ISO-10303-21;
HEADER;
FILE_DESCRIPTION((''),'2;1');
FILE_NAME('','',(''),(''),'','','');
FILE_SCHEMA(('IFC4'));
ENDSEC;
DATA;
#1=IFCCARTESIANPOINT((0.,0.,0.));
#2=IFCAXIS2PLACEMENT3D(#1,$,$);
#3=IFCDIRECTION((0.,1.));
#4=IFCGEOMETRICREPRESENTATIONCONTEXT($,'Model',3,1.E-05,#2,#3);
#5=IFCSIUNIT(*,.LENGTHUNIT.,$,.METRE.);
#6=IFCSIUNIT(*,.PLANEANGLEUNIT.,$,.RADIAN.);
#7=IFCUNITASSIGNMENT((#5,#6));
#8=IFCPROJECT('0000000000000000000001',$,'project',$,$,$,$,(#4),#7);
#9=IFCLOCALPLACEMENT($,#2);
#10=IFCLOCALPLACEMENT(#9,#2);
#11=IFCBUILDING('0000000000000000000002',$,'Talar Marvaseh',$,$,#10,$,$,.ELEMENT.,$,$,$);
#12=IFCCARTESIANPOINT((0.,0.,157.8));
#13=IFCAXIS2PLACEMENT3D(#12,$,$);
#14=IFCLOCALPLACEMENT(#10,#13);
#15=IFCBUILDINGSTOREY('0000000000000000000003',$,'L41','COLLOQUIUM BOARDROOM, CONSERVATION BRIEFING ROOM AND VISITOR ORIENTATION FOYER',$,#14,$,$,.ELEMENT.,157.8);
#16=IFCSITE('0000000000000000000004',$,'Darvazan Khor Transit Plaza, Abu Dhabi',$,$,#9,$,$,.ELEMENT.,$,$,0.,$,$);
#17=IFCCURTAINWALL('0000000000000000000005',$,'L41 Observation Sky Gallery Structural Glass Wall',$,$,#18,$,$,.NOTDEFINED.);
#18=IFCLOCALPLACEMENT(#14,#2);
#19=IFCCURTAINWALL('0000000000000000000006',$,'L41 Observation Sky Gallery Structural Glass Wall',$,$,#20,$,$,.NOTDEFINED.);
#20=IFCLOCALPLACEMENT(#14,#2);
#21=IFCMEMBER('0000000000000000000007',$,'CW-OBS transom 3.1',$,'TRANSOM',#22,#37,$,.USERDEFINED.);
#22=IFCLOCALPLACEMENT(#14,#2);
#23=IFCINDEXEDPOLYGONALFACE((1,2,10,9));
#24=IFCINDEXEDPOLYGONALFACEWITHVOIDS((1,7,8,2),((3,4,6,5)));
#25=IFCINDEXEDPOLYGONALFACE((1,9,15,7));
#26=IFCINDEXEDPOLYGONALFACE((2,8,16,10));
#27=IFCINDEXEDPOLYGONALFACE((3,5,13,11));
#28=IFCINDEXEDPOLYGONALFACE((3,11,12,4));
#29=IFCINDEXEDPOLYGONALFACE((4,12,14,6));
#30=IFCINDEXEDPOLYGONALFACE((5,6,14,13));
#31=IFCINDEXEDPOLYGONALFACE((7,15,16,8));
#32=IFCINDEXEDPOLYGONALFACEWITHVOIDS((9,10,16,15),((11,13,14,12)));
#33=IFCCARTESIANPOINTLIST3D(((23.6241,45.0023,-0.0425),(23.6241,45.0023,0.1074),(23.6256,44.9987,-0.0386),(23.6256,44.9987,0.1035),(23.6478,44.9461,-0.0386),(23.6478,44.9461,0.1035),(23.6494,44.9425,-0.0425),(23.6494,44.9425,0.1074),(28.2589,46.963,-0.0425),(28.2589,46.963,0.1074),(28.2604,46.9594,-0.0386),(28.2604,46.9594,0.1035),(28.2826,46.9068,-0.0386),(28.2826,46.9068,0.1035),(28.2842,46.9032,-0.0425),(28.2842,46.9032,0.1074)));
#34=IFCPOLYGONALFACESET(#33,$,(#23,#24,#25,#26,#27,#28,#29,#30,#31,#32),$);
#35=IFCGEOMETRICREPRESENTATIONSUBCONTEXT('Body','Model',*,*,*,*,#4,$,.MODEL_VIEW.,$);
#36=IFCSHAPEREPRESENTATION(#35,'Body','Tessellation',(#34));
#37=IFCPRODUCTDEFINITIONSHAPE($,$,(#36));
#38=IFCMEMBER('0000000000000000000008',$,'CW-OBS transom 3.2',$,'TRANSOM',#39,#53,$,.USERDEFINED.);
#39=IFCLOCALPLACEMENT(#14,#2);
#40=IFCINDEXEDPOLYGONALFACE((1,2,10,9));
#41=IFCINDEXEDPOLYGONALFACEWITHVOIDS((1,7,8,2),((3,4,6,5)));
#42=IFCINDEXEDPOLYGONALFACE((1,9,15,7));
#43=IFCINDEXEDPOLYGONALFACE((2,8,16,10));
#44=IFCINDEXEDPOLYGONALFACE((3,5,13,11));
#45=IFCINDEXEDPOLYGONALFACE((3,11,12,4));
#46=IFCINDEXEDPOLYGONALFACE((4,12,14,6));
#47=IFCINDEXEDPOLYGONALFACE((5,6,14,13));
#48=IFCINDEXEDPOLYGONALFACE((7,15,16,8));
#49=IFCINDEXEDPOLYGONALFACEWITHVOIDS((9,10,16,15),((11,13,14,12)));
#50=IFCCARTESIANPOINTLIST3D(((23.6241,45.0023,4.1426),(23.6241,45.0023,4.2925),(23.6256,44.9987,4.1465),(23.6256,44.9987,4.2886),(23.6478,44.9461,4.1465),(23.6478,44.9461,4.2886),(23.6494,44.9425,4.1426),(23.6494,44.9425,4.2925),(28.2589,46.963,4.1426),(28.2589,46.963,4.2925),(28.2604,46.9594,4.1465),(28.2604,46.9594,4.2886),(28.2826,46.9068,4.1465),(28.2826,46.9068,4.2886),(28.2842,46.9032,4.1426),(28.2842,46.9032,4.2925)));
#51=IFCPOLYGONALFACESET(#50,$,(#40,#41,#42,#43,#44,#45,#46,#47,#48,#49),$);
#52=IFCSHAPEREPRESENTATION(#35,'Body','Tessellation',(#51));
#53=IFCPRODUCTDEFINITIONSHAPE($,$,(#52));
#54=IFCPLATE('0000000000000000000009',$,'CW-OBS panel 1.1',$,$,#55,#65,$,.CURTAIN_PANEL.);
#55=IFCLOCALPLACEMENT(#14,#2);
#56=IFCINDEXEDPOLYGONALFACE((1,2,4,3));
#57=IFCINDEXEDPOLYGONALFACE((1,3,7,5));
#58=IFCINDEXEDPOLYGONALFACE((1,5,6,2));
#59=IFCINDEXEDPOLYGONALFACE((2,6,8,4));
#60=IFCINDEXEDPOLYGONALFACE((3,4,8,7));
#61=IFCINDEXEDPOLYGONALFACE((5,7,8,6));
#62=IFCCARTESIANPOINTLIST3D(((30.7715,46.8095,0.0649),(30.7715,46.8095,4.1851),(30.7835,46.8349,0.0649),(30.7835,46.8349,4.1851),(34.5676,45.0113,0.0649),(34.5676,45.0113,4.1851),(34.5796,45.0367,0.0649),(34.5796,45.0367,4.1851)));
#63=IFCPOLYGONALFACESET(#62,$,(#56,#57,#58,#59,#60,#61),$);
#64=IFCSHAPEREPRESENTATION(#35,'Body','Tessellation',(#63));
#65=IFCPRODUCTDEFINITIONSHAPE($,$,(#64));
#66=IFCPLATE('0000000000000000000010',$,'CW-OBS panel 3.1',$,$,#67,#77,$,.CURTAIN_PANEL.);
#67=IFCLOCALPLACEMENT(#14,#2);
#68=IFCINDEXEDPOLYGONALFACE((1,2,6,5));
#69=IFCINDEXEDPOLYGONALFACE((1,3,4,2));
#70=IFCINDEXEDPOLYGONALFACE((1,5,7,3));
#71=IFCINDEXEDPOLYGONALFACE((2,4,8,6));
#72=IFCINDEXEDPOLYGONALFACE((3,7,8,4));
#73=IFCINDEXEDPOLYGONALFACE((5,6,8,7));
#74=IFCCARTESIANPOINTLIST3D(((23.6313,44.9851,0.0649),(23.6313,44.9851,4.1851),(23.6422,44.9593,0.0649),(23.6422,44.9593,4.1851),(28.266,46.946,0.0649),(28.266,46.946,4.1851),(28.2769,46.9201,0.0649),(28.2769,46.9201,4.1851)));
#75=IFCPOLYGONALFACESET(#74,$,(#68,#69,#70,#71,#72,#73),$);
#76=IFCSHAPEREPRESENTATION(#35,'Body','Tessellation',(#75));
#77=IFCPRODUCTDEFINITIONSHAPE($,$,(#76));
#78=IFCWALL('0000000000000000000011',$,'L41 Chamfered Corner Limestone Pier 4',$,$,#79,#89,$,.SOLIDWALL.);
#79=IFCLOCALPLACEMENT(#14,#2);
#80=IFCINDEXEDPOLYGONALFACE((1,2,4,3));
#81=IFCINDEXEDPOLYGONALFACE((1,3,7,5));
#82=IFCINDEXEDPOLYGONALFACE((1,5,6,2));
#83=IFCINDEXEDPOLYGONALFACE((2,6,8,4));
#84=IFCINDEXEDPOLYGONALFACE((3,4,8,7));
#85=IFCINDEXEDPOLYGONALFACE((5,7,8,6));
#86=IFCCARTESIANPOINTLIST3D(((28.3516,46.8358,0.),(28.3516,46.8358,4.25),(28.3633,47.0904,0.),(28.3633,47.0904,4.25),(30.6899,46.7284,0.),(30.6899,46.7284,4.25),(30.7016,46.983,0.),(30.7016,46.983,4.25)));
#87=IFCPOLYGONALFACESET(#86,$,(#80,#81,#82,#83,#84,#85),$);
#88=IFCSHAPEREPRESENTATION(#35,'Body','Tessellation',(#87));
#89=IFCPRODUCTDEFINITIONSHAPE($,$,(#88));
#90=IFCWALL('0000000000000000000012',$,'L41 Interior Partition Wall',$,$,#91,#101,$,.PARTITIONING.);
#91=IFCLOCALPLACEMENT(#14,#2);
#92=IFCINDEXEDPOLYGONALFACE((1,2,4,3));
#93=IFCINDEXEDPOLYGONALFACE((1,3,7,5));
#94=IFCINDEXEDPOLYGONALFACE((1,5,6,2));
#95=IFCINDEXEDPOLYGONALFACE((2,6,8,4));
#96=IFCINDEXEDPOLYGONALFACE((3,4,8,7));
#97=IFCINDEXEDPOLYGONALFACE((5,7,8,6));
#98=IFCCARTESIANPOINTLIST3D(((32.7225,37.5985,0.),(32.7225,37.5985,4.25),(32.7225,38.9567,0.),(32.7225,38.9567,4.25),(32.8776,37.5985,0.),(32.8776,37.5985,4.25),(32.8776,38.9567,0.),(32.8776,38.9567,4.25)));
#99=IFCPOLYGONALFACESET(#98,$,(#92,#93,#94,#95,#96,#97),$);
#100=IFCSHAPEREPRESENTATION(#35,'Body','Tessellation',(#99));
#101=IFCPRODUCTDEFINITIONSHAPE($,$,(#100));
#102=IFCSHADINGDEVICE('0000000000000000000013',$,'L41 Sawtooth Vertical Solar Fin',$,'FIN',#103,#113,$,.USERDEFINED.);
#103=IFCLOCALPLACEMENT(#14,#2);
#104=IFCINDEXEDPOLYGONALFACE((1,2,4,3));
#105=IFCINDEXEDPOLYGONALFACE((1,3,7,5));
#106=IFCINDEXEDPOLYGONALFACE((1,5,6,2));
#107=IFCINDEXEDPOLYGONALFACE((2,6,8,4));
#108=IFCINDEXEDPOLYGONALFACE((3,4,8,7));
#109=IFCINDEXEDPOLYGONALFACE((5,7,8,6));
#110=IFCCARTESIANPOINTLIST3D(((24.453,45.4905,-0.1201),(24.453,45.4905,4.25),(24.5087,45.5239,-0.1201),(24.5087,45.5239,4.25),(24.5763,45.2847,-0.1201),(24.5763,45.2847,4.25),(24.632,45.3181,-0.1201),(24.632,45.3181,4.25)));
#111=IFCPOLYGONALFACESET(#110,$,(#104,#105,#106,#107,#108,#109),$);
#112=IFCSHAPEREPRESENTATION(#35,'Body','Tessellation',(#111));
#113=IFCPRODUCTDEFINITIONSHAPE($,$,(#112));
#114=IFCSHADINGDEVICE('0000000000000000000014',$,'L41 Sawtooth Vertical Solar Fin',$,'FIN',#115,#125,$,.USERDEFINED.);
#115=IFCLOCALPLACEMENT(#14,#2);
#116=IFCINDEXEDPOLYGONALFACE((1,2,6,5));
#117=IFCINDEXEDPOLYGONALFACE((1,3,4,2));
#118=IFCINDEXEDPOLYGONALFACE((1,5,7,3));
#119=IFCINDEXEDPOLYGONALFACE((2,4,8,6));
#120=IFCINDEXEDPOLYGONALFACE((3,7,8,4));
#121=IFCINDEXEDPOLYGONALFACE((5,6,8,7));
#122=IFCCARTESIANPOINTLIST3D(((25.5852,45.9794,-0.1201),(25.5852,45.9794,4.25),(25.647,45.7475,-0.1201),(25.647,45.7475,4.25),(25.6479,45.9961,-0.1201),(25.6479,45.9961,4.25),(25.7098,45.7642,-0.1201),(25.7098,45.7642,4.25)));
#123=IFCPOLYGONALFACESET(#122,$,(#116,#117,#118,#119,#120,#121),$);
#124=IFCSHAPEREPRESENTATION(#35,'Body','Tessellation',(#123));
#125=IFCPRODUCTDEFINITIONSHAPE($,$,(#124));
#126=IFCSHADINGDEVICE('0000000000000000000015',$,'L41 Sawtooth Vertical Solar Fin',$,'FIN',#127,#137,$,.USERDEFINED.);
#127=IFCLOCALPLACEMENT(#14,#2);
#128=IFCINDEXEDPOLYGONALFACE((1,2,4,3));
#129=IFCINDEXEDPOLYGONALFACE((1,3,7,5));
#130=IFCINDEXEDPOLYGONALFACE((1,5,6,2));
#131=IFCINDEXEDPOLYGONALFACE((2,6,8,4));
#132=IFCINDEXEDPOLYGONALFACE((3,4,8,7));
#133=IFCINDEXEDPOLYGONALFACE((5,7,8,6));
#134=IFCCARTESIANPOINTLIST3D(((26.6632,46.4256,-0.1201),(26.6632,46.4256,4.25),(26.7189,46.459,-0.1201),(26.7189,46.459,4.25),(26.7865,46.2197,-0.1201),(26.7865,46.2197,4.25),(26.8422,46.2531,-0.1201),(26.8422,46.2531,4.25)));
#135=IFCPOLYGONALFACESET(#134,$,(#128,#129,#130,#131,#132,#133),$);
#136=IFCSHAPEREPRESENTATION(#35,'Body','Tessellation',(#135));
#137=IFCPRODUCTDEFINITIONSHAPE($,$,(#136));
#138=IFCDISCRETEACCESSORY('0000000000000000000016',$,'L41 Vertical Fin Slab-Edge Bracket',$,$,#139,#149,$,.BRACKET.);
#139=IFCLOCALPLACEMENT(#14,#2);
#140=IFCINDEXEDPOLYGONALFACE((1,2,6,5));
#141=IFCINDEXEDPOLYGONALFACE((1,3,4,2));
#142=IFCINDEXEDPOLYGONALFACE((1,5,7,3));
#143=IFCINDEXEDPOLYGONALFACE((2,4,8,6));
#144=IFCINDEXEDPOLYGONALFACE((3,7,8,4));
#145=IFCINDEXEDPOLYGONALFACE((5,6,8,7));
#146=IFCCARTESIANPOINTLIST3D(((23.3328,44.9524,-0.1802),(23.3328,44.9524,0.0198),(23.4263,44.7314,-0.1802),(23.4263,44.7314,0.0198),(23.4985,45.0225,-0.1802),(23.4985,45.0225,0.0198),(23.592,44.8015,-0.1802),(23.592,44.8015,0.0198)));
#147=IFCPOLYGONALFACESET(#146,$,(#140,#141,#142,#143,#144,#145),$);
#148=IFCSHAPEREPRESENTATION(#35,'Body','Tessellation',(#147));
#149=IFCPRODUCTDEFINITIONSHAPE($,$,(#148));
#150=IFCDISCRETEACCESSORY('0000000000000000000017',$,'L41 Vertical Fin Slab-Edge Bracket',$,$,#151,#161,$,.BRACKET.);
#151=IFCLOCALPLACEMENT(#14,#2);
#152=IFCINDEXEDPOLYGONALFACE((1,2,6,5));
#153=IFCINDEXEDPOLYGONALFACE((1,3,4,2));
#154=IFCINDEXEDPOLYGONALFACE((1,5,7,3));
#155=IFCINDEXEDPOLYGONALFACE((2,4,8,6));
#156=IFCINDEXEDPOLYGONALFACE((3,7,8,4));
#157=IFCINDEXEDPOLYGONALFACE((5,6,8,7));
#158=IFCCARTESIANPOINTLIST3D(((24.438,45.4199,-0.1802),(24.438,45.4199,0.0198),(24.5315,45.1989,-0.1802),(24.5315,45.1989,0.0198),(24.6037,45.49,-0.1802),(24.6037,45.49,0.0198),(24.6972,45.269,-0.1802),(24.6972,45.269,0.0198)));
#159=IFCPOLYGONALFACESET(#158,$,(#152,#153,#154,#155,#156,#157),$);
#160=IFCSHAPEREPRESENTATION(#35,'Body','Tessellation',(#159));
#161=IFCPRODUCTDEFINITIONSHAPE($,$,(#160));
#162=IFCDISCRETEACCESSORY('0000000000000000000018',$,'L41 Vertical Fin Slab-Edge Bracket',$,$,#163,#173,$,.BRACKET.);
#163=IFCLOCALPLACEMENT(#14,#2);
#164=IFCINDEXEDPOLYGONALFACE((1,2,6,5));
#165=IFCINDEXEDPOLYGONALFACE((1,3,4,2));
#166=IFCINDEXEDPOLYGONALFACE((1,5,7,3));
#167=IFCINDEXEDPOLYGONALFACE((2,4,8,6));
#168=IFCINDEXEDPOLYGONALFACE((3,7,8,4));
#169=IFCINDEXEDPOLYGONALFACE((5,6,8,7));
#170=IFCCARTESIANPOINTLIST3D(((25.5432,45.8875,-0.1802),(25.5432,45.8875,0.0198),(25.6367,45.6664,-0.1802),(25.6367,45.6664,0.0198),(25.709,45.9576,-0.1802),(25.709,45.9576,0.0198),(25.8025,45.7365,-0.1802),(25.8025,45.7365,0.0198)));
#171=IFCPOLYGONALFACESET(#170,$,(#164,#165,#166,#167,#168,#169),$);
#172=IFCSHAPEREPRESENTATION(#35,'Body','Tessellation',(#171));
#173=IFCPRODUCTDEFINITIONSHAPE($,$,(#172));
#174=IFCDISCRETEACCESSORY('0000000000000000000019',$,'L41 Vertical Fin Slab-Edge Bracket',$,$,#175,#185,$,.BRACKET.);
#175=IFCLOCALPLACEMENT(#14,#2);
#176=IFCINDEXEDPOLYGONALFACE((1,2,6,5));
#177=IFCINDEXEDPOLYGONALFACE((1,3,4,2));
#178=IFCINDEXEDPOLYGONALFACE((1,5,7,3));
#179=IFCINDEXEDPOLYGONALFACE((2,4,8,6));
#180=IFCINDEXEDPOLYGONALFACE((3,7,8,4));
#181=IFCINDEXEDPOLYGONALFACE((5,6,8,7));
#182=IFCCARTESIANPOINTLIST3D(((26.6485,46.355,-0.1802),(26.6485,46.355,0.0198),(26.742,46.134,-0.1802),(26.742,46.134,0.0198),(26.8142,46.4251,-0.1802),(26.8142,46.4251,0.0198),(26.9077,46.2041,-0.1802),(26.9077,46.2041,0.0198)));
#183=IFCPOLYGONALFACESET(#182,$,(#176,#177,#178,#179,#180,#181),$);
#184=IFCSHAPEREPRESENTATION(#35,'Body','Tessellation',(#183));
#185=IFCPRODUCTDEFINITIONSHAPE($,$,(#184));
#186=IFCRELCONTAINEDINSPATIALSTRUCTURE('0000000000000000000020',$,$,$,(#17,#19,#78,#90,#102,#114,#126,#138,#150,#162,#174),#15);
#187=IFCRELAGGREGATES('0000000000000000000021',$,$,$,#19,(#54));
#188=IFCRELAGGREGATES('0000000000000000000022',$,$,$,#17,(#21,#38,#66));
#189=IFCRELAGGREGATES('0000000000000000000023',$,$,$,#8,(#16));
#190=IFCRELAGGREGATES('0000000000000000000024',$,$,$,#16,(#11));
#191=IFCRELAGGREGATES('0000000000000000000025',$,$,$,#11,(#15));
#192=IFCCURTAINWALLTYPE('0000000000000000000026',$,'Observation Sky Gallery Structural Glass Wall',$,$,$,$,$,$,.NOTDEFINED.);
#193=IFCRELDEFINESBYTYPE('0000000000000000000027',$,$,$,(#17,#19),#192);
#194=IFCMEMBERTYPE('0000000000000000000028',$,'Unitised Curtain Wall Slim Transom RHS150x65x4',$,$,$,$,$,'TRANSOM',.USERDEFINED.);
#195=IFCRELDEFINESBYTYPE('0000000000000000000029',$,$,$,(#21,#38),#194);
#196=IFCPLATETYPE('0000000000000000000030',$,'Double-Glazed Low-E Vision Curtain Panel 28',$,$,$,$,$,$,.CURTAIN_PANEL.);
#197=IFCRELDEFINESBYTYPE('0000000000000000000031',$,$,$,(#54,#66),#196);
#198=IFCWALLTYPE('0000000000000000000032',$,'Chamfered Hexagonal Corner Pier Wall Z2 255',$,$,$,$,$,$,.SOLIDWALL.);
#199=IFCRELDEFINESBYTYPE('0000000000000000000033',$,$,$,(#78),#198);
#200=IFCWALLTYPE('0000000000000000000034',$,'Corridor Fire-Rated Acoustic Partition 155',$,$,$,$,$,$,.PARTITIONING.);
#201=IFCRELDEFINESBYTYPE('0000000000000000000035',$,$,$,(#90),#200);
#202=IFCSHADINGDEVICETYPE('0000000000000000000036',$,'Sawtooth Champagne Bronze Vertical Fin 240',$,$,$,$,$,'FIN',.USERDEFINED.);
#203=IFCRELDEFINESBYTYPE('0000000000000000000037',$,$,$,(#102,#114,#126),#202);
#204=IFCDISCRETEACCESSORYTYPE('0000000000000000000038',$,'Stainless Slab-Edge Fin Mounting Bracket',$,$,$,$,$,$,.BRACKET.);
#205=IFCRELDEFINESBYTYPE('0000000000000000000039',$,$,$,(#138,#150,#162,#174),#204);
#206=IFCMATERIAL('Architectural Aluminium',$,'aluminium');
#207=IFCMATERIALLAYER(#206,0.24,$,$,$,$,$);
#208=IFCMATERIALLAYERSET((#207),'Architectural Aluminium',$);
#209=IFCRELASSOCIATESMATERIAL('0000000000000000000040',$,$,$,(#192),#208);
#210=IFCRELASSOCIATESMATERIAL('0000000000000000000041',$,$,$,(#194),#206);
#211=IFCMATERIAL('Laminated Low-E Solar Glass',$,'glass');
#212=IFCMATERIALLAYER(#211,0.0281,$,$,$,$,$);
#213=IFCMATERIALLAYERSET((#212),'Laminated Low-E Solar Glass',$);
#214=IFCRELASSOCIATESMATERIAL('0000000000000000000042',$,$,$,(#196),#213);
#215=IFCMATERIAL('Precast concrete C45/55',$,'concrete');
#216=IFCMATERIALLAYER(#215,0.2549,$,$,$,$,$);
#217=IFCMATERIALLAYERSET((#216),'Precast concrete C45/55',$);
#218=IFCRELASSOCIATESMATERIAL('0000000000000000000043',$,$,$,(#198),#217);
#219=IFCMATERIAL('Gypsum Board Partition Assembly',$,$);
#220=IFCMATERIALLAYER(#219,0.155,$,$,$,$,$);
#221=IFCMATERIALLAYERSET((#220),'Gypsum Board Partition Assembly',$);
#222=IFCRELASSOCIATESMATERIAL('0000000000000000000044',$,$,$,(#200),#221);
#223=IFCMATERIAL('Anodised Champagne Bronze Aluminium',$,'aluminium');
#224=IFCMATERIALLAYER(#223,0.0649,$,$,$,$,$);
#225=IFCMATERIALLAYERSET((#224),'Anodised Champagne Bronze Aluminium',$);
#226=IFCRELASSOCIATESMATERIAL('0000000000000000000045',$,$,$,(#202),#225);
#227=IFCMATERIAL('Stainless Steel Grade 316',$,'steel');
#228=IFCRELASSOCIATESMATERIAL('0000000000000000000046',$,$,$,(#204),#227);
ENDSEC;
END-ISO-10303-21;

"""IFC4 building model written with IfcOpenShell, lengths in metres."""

from ifc_helpers import new_model, si_unit, direction, frame, frame_2d, origin, origin_2d, place, context, subcontext, project, spatial, rectangle, hollow_rectangle, extrude, source, transform, mapped, material, layer, layer_set, material_profile, profile_set, type_object, type_shapes, element, aggregate, save


model = new_model("IFC4")

# Units and contexts
model_context = context("Model", 3, precision=1e-05, world=origin(), true_north=direction((0.0, 1.0)))
body_context = subcontext(model_context, "Body", "Model", "MODEL_VIEW")
ifc_project = project(units=[si_unit("LENGTHUNIT", "METRE"), si_unit("PLANEANGLEUNIT", "RADIAN")], contexts=[model_context])

# Site, building, storey
site_placement = place(None, origin())
site = spatial("IfcSite", under=ifc_project, at=site_placement, Name="Darvazan Khor Transit Plaza, Abu Dhabi", CompositionType="ELEMENT", RefElevation=0.0)
building_placement = place(site_placement, origin())
building = spatial("IfcBuilding", under=site, at=building_placement, Name="Talar Marvaseh", CompositionType="ELEMENT")
storey_placement = place(building_placement, frame((0.0, 0.0, 157.8)))
storey = spatial("IfcBuildingStorey", under=building, at=storey_placement, Name="L41", Description="COLLOQUIUM BOARDROOM, CONSERVATION BRIEFING ROOM AND VISITOR ORIENTATION FOYER", CompositionType="ELEMENT", Elevation=157.8)

# Curtain walls
ifc_material_1 = material(Name="Architectural Aluminium", Category="aluminium")
ifc_layer_1 = layer(ifc_material_1, 0.24)
ifc_layer_set_1 = layer_set([ifc_layer_1], Name="Architectural Aluminium")
curtain_wall_type = type_object("IfcCurtainWallType", Name="Observation Sky Gallery Structural Glass Wall", PredefinedType="NOTDEFINED", material=ifc_layer_set_1)
curtain_wall_1_placement = place(storey_placement, origin())
curtain_wall_1 = element("IfcCurtainWall", 1, at=curtain_wall_1_placement, inside=storey, type_object=curtain_wall_type, Name="L41 Observation Sky Gallery Structural Glass Wall", PredefinedType="NOTDEFINED")
curtain_wall_2_placement = place(storey_placement, origin())
curtain_wall_2 = element("IfcCurtainWall", 2, at=curtain_wall_2_placement, inside=storey, type_object=curtain_wall_type, Name="L41 Observation Sky Gallery Structural Glass Wall", PredefinedType="NOTDEFINED")
ifc_material_profile_1 = material_profile(ifc_material_1, hollow_rectangle(XDim=0.0649, YDim=0.1499, WallThickness=0.0039, at=origin_2d()), Name="RHS150x65x4")
ifc_profile_set_1 = profile_set([ifc_material_profile_1], Name="Architectural Aluminium")
member_type_1 = type_object("IfcMemberType", Name="Unitised Curtain Wall Slim Transom RHS150x65x4", ElementType="TRANSOM", PredefinedType="USERDEFINED", material=ifc_profile_set_1)

# Members
shared_shape_1 = source(origin(), body_context, "Body", "SweptSolid", [
    extrude(hollow_rectangle(XDim=0.0649, YDim=0.1499, WallThickness=0.0039, at=origin_2d()), origin(), (0.0, 0.0, 1.0), 5.0325),
])
member_1_placement = place(storey_placement, frame((23.6367, 44.9724, 0.0325), z_axis=(0.920979, 0.389612, 0.0), x_axis=(-0.389612, 0.920979, 0.0)))
member_1 = element("IfcMember", 3, at=member_1_placement, type_object=member_type_1, Name="CW-OBS transom 3.1", ObjectType="TRANSOM", PredefinedType="USERDEFINED", context=body_context, shape_type="MappedRepresentation", body=[
    mapped(shared_shape_1, transform((0.0, 0.0, 0.0), x_axis=(1.0, 0.0, 0.0), y_axis=(0.0, 1.0, 0.0), z_axis=(0.0, 0.0, 1.0), scale=1.0)),
])
member_2_placement = place(storey_placement, frame((23.6367, 44.9724, 4.2175), z_axis=(0.920979, 0.389612, 0.0), x_axis=(-0.389612, 0.920979, 0.0)))
member_2 = element("IfcMember", 4, at=member_2_placement, type_object=member_type_1, Name="CW-OBS transom 3.2", ObjectType="TRANSOM", PredefinedType="USERDEFINED", context=body_context, shape_type="MappedRepresentation", body=[
    mapped(shared_shape_1, transform((0.0, 0.0, 0.0), x_axis=(1.0, 0.0, 0.0), y_axis=(0.0, 1.0, 0.0), z_axis=(0.0, 0.0, 1.0), scale=1.0)),
])

# Plates
ifc_material_2 = material(Name="Laminated Low-E Solar Glass", Category="glass")
ifc_layer_2 = layer(ifc_material_2, 0.0281)
ifc_layer_set_2 = layer_set([ifc_layer_2], Name="Laminated Low-E Solar Glass")
plate_type = type_object("IfcPlateType", Name="Double-Glazed Low-E Vision Curtain Panel 28", PredefinedType="CURTAIN_PANEL", material=ifc_layer_set_2)
shared_shape_2 = source(origin(), body_context, "Body", "SweptSolid", [
    extrude(rectangle(XDim=4.2004, YDim=0.0281, at=origin_2d()), origin(), (0.0, 0.0, 1.0), 4.1201),
])
plate_1_placement = place(storey_placement, frame((32.6755, 45.9231, 0.0649), z_axis=(0.0, 0.0, 1.0), x_axis=(0.903737, -0.428089, 0.0)))
plate_1 = element("IfcPlate", 5, at=plate_1_placement, type_object=plate_type, Name="CW-OBS panel 1.1", PredefinedType="CURTAIN_PANEL", context=body_context, shape_type="MappedRepresentation", body=[
    mapped(shared_shape_2, transform((0.0, 0.0, 0.0), x_axis=(1.0, 0.0, 0.0), y_axis=(0.0, 1.0, 0.0), z_axis=(0.0, 0.0, 1.0), scale=1.0)),
])
aggregate(curtain_wall_2, [plate_1])
shared_shape_3 = source(origin(), body_context, "Body", "SweptSolid", [
    extrude(rectangle(XDim=5.0325, YDim=0.0281, at=origin_2d()), origin(), (0.0, 0.0, 1.0), 4.1201),
])
type_shapes(plate_type, [shared_shape_2, shared_shape_3])
plate_2_placement = place(storey_placement, frame((25.9541, 45.9526, 0.0649), z_axis=(0.0, 0.0, 1.0), x_axis=(0.920967, 0.38964, 0.0)))
plate_2 = element("IfcPlate", 6, at=plate_2_placement, type_object=plate_type, Name="CW-OBS panel 3.1", PredefinedType="CURTAIN_PANEL", context=body_context, shape_type="MappedRepresentation", body=[
    mapped(shared_shape_3, transform((0.0, 0.0, 0.0), x_axis=(1.0, 0.0, 0.0), y_axis=(0.0, 1.0, 0.0), z_axis=(0.0, 0.0, 1.0), scale=1.0)),
])
aggregate(curtain_wall_1, [member_1, member_2, plate_2])

# Walls
ifc_material_3 = material(Name="Precast concrete C45/55", Category="concrete")
ifc_layer_3 = layer(ifc_material_3, 0.2549)
ifc_layer_set_3 = layer_set([ifc_layer_3], Name="Precast concrete C45/55")
wall_type_1 = type_object("IfcWallType", Name="Chamfered Hexagonal Corner Pier Wall Z2 255", PredefinedType="SOLIDWALL", material=ifc_layer_set_3)
wall_1_placement = place(storey_placement, frame((28.3574, 46.9631, 0.0), z_axis=(0.0, 0.0, 1.0), x_axis=(0.998946, -0.04589, 0.0)))
element("IfcWall", 7, at=wall_1_placement, inside=storey, type_object=wall_type_1, Name="L41 Chamfered Corner Limestone Pier 4", PredefinedType="SOLIDWALL", context=body_context, shape_type="SweptSolid", body=[
    extrude(rectangle(XDim=2.3408, YDim=0.2549, at=frame_2d((1.1704, 0.0))), origin(), (0.0, 0.0, 1.0), 4.25),
])
ifc_material_4 = material(Name="Gypsum Board Partition Assembly")
ifc_layer_4 = layer(ifc_material_4, 0.155)
ifc_layer_set_4 = layer_set([ifc_layer_4], Name="Gypsum Board Partition Assembly")
wall_type_2 = type_object("IfcWallType", Name="Corridor Fire-Rated Acoustic Partition 155", PredefinedType="PARTITIONING", material=ifc_layer_set_4)
wall_2_placement = place(storey_placement, frame((32.8, 37.5984, 0.0), z_axis=(0.0, 0.0, 1.0), x_axis=(0.0, 1.0, 0.0)))
element("IfcWall", 8, at=wall_2_placement, inside=storey, type_object=wall_type_2, Name="L41 Interior Partition Wall", PredefinedType="PARTITIONING", context=body_context, shape_type="SweptSolid", body=[
    extrude(rectangle(XDim=1.3582, YDim=0.155, at=frame_2d((0.6792, 0.0))), origin(), (0.0, 0.0, 1.0), 4.25),
])

# Shading devices
ifc_material_5 = material(Name="Anodised Champagne Bronze Aluminium", Category="aluminium")
ifc_layer_5 = layer(ifc_material_5, 0.0649)
ifc_layer_set_5 = layer_set([ifc_layer_5], Name="Anodised Champagne Bronze Aluminium")
shading_device_type = type_object("IfcShadingDeviceType", Name="Sawtooth Champagne Bronze Vertical Fin 240", ElementType="FIN", PredefinedType="USERDEFINED", material=ifc_layer_set_5)
shared_shape_4 = source(origin(), body_context, "Body", "SweptSolid", [
    extrude(rectangle(XDim=0.24, YDim=0.0649, at=origin_2d()), origin(), (0.0, 0.0, 1.0), 4.3701),
])
type_shapes(shading_device_type, [shared_shape_4])
for number, where, z_axis, x_axis, name in (
    (9, (24.5425, 45.4043, -0.1201), (0.0, 0.0, 1.0), (-0.51399, 0.857796, 0.0), "L41 Sawtooth Vertical Solar Fin"),
    (10, (25.6475, 45.8718, -0.1201), (0.0, 0.0, 1.0), (-0.257639, 0.966241, 0.0), "L41 Sawtooth Vertical Solar Fin"),
    (11, (26.7527, 46.3394, -0.1201), (0.0, 0.0, 1.0), (-0.51399, 0.857796, 0.0), "L41 Sawtooth Vertical Solar Fin"),
):
    element("IfcShadingDevice", number, at=place(storey_placement, frame(where, z_axis=z_axis, x_axis=x_axis)), inside=storey, type_object=shading_device_type, Name=name, ObjectType="FIN", PredefinedType="USERDEFINED", context=body_context, shape_type="MappedRepresentation", body=[
        mapped(shared_shape_4, transform((0.0, 0.0, 0.0), x_axis=(1.0, 0.0, 0.0), y_axis=(0.0, 1.0, 0.0), z_axis=(0.0, 0.0, 1.0), scale=1.0)),
    ])

# Discrete accessories
ifc_material_6 = material(Name="Stainless Steel Grade 316", Category="steel")
discrete_accessory_type = type_object("IfcDiscreteAccessoryType", Name="Stainless Slab-Edge Fin Mounting Bracket", PredefinedType="BRACKET", material=ifc_material_6)
shared_shape_5 = source(origin(), body_context, "Body", "SweptSolid", [
    extrude(rectangle(XDim=0.24, YDim=0.1799, at=origin_2d()), origin(), (0.0, 0.0, 1.0), 0.2),
])
type_shapes(discrete_accessory_type, [shared_shape_5])
for number, where, z_axis, x_axis, name in (
    (12, (23.4624, 44.877, -0.1802), (0.0, 0.0, 1.0), (-0.389606, 0.920982, 0.0), "L41 Vertical Fin Slab-Edge Bracket"),
    (13, (24.5676, 45.3445, -0.1802), (0.0, 0.0, 1.0), (-0.389606, 0.920982, 0.0), "L41 Vertical Fin Slab-Edge Bracket"),
    (14, (25.6729, 45.812, -0.1802), (0.0, 0.0, 1.0), (-0.389606, 0.920982, 0.0), "L41 Vertical Fin Slab-Edge Bracket"),
    (15, (26.7781, 46.2795, -0.1802), (0.0, 0.0, 1.0), (-0.389606, 0.920982, 0.0), "L41 Vertical Fin Slab-Edge Bracket"),
):
    element("IfcDiscreteAccessory", number, at=place(storey_placement, frame(where, z_axis=z_axis, x_axis=x_axis)), inside=storey, type_object=discrete_accessory_type, Name=name, PredefinedType="BRACKET", context=body_context, shape_type="MappedRepresentation", body=[
        mapped(shared_shape_5, transform((0.0, 0.0, 0.0), x_axis=(1.0, 0.0, 0.0), y_axis=(0.0, 1.0, 0.0), z_axis=(0.0, 0.0, 1.0), scale=1.0)),
    ])

save(model, "model.ifc")
